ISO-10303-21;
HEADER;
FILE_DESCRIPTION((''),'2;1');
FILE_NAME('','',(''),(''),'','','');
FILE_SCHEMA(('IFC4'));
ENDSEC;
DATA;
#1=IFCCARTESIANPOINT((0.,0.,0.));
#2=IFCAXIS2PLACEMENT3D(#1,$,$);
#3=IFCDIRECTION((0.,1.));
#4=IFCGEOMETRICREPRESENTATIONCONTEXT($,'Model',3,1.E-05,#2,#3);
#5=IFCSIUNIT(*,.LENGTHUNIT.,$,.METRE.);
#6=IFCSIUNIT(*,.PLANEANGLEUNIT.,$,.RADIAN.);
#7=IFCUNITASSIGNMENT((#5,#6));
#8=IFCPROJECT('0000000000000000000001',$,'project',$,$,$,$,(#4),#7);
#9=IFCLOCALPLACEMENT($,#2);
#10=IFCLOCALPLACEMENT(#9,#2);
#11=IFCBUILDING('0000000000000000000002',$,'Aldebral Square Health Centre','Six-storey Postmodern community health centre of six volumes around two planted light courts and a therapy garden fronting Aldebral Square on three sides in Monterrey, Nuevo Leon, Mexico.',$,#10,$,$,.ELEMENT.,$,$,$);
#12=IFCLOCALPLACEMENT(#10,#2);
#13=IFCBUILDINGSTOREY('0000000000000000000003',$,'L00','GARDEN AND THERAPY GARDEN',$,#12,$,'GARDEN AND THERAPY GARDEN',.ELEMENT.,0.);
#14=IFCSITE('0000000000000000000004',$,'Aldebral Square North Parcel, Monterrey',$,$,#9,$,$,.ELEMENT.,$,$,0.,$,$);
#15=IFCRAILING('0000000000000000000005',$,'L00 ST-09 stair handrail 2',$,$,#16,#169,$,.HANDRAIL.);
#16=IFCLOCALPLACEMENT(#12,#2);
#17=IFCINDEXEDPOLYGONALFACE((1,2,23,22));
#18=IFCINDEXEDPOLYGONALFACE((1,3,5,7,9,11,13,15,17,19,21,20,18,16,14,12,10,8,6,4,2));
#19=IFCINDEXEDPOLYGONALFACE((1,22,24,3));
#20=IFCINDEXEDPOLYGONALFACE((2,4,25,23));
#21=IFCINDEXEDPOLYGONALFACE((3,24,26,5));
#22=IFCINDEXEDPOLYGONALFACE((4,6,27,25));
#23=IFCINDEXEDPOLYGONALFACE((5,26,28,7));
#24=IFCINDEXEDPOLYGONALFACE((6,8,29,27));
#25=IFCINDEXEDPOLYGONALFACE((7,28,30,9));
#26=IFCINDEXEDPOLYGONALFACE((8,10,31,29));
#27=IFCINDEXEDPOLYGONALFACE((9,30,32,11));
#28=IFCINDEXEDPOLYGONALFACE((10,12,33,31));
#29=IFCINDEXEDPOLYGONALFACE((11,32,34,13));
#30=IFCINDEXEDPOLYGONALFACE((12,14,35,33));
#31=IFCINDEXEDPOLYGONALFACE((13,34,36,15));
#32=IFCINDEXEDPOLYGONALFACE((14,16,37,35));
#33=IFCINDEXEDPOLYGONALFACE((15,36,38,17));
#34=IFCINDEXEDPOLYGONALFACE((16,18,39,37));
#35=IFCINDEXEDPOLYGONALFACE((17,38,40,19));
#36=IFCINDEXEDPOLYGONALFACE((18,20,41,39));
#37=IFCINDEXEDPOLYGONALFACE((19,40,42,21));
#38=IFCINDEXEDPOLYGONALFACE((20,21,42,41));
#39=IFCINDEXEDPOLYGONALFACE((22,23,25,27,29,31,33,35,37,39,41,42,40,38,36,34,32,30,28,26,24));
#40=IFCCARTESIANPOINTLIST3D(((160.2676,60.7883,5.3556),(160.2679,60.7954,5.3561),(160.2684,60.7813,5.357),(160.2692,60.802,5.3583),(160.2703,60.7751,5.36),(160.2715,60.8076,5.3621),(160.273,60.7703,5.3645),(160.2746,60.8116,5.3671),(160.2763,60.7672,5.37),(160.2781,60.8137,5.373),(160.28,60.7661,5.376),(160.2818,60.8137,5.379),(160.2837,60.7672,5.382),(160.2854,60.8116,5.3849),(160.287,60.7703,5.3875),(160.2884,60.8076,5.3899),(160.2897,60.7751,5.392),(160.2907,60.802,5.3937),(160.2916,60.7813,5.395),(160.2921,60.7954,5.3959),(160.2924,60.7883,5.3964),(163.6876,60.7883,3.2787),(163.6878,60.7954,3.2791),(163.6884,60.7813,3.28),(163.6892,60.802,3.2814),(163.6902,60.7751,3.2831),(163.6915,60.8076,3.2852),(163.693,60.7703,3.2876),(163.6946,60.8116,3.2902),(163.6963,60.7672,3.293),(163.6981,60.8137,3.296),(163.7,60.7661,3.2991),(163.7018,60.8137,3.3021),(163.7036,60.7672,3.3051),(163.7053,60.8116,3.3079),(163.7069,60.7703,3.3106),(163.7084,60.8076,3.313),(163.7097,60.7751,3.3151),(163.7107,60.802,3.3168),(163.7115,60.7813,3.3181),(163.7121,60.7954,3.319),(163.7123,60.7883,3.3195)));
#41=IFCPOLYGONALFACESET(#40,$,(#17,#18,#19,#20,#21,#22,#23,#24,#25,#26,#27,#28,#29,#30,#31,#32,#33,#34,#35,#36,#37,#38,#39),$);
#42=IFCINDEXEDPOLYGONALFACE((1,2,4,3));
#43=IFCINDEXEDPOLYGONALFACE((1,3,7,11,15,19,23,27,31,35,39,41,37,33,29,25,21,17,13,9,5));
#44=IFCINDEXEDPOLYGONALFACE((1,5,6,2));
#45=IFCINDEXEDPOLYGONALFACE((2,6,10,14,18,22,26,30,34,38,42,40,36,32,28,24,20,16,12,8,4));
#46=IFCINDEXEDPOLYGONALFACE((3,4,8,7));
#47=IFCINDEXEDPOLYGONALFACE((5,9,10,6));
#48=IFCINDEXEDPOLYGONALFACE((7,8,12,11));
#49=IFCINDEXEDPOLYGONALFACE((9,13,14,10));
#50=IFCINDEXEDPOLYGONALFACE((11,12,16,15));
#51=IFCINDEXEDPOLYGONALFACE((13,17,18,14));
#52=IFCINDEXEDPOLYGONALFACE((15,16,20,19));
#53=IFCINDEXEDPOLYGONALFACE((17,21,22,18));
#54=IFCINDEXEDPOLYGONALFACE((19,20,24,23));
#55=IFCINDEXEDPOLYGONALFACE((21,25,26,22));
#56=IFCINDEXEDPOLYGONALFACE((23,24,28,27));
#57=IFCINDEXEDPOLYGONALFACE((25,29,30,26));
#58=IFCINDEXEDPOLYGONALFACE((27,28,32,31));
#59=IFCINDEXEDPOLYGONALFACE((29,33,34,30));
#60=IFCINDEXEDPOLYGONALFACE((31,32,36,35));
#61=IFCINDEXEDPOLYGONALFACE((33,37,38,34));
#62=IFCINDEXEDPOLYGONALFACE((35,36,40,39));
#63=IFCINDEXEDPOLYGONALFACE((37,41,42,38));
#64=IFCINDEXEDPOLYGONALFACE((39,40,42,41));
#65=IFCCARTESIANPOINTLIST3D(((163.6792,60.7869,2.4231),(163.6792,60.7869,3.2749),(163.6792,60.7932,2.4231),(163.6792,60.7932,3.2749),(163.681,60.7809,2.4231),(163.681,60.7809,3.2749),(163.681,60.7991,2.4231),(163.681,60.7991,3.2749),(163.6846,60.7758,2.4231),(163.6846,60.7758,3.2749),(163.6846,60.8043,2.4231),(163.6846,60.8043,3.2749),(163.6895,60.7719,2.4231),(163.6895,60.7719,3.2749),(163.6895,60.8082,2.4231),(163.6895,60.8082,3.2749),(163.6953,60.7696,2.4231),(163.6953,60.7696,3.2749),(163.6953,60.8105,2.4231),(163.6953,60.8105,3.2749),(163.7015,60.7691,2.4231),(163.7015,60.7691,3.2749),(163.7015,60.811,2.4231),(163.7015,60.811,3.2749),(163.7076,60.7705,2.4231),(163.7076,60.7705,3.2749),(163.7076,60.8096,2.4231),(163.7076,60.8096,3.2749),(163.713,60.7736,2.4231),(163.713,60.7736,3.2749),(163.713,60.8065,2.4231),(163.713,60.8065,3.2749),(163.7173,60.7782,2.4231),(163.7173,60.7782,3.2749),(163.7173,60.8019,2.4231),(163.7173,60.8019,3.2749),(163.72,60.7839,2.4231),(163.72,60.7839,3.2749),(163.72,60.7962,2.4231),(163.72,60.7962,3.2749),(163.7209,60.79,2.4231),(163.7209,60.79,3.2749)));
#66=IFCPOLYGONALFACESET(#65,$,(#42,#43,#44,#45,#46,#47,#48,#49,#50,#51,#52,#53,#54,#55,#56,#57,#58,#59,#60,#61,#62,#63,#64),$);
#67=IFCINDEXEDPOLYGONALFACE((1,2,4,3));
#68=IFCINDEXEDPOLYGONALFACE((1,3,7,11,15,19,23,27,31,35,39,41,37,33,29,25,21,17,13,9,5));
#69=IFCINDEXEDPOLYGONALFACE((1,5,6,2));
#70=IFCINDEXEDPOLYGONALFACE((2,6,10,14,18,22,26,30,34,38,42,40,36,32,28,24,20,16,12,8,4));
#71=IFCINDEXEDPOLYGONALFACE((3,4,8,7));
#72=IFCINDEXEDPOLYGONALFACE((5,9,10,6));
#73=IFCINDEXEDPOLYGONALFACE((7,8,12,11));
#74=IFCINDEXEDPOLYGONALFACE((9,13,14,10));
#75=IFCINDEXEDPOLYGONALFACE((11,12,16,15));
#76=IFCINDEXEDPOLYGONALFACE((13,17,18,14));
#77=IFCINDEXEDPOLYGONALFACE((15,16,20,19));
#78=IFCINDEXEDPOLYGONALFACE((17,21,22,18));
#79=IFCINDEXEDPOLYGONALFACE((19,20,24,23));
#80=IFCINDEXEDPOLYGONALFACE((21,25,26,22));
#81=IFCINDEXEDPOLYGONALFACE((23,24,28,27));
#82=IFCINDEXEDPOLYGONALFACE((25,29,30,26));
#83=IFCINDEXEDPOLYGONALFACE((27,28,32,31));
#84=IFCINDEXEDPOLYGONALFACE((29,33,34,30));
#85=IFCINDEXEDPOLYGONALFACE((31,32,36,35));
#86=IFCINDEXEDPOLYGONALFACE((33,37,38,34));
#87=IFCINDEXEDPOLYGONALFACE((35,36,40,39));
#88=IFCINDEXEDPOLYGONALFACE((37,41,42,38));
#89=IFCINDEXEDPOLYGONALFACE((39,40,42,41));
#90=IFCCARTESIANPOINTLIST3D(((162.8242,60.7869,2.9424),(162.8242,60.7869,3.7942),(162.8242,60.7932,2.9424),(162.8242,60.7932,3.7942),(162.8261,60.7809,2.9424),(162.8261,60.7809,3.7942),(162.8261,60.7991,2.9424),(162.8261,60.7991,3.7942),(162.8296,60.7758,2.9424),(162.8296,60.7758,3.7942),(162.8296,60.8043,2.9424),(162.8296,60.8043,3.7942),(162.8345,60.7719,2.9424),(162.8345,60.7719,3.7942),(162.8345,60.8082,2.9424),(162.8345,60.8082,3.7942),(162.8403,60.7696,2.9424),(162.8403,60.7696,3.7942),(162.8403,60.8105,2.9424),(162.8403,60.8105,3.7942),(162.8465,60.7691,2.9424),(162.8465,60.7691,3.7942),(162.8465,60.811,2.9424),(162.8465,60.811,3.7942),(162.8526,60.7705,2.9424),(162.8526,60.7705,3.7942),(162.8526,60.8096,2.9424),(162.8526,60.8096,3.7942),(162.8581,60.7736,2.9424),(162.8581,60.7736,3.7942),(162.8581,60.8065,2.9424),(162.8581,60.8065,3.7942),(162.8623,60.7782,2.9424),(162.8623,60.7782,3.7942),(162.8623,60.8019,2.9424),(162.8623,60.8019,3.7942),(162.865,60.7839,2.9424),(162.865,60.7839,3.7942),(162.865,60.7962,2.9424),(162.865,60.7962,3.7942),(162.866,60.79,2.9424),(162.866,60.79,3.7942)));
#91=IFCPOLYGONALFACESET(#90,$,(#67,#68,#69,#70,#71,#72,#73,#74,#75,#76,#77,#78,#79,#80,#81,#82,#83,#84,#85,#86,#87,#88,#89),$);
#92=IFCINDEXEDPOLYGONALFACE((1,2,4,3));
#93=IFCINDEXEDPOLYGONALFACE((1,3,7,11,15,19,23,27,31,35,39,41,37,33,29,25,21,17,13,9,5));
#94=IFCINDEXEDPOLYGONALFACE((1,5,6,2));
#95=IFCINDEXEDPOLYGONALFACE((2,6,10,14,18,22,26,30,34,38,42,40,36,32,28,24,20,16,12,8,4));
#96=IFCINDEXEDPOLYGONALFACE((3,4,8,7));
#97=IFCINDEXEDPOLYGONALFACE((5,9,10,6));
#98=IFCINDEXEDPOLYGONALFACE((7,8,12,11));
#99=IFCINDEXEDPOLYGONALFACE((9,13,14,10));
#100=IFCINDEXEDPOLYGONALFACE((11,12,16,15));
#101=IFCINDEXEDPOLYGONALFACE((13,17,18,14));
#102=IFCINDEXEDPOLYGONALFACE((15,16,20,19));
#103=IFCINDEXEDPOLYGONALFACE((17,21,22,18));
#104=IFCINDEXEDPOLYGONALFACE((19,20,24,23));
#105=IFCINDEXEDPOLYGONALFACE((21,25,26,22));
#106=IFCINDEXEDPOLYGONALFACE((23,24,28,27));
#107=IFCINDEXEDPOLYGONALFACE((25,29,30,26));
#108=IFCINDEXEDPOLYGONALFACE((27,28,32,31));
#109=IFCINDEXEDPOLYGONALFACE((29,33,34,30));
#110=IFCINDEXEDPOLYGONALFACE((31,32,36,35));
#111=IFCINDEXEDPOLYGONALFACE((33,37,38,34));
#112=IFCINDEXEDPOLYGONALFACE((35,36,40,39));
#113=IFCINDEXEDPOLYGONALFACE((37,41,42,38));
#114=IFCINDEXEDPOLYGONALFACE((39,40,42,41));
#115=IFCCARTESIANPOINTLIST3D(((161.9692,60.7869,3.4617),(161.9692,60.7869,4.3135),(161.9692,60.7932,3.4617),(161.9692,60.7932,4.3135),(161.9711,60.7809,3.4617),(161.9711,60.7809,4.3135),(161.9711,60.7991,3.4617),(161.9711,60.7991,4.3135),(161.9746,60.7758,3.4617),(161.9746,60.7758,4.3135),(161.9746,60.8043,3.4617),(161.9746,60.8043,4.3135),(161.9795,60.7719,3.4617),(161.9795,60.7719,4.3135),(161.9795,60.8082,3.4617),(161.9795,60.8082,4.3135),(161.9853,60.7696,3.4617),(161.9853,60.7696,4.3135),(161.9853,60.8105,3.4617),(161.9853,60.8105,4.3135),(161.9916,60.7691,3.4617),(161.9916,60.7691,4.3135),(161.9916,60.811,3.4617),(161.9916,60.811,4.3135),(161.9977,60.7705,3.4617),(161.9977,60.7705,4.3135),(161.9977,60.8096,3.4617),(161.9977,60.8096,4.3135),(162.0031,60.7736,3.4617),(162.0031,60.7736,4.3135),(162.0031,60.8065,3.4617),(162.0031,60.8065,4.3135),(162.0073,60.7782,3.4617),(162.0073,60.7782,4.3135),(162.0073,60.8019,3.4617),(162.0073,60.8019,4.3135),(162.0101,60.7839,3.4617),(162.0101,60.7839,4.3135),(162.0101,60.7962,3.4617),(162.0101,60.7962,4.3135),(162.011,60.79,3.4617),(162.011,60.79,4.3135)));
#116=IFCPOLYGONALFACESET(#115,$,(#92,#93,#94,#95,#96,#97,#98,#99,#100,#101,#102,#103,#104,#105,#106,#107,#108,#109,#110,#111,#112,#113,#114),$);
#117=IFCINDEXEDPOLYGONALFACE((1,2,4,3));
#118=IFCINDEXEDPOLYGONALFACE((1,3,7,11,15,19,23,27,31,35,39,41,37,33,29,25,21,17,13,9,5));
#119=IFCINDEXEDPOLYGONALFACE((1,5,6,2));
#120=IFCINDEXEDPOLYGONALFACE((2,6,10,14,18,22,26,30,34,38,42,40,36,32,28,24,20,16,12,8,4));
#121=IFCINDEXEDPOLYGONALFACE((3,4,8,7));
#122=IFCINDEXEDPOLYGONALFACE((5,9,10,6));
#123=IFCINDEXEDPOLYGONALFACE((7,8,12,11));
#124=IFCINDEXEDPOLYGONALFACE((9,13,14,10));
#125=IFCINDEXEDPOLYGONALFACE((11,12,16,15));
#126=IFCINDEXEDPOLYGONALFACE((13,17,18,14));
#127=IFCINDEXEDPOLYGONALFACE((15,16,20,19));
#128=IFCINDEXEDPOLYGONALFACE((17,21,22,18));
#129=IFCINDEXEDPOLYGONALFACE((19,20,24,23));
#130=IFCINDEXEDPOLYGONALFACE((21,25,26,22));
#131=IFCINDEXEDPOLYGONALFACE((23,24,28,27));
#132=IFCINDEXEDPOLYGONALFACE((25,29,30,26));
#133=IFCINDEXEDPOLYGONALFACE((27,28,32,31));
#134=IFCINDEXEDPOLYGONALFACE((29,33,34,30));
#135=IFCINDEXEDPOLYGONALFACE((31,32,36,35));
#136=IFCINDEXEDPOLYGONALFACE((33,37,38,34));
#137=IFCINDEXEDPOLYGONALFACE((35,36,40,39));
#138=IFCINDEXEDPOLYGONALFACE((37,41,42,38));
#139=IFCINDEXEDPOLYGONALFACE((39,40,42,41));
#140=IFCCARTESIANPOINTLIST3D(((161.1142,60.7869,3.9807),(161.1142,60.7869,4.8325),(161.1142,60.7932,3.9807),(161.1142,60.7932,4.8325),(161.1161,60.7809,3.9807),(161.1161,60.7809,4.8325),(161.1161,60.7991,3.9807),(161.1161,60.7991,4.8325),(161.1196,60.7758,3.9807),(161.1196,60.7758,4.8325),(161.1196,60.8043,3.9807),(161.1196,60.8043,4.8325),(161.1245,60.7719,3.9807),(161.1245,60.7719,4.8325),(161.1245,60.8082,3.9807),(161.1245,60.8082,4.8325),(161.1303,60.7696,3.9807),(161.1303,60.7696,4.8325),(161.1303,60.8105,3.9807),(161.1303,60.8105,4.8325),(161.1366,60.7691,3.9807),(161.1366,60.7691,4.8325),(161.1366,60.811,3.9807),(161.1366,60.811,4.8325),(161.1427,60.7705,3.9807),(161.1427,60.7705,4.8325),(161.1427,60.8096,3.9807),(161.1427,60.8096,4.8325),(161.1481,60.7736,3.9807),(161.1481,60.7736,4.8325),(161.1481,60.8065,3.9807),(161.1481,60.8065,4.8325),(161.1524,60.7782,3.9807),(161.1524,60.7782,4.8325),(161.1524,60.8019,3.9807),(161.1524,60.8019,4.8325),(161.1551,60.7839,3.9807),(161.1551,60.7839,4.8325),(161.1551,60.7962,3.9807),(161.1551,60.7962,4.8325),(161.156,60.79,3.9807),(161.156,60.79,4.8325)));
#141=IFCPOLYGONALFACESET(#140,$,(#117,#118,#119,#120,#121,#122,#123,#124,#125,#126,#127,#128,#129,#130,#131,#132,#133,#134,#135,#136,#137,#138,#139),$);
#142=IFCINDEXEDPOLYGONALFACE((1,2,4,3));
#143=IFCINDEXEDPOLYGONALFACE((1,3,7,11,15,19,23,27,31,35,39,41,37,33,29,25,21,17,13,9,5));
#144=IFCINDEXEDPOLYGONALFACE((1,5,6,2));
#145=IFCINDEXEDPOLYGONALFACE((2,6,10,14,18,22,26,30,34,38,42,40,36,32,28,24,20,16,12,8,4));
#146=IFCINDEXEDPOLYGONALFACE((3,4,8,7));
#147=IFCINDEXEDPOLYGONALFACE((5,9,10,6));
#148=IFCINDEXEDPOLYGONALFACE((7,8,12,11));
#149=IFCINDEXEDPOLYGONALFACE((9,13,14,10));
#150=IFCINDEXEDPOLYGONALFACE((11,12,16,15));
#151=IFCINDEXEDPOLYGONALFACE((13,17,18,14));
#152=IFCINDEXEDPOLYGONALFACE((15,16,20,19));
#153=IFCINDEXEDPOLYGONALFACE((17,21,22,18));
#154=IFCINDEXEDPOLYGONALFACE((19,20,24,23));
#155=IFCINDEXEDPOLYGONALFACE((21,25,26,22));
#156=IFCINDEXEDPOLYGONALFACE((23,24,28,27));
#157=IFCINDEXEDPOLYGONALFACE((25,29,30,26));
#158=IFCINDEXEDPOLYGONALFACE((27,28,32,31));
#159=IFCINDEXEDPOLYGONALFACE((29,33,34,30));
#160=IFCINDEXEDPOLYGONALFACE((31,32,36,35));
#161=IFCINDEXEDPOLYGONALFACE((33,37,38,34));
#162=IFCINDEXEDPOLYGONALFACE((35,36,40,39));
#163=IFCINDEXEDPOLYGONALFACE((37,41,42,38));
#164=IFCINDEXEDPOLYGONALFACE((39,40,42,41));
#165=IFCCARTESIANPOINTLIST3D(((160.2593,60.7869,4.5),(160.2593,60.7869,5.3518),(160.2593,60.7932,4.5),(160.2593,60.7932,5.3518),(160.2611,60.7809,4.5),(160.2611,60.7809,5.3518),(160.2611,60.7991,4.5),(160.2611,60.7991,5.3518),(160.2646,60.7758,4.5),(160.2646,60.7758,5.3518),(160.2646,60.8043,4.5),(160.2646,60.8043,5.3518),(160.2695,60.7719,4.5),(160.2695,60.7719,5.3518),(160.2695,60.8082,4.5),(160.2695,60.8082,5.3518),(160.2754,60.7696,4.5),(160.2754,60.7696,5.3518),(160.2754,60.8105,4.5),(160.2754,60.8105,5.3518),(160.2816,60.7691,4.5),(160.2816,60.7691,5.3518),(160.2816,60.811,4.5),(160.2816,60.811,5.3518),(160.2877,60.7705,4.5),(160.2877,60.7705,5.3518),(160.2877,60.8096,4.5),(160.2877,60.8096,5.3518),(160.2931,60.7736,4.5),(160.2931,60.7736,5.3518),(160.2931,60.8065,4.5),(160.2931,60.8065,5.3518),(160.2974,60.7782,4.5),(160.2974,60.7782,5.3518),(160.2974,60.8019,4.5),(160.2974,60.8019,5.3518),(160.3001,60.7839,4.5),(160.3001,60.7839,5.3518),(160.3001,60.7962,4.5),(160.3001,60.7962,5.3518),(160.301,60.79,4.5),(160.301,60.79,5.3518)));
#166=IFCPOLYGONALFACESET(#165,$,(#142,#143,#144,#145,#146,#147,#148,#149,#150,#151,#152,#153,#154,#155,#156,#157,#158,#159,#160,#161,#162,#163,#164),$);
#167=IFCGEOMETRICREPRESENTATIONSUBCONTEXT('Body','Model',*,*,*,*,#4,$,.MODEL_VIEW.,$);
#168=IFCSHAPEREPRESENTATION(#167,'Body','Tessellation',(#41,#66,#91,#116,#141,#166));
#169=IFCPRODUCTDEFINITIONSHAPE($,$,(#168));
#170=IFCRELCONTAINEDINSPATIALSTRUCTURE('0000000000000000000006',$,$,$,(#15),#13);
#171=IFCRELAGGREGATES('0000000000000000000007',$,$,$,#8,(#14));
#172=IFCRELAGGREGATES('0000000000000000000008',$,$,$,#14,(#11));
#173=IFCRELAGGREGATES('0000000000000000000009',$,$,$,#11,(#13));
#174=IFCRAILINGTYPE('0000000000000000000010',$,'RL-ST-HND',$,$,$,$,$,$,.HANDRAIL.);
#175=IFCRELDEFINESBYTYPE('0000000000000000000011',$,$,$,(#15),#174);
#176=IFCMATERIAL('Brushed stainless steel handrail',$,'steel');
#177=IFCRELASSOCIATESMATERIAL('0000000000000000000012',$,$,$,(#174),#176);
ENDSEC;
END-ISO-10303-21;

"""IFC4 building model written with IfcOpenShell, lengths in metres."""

from ifc_helpers import new_model, si_unit, direction, frame, origin, origin_2d, place, context, subcontext, project, spatial, circle, extrude, material, type_object, element, save


model = new_model("IFC4")

# Units and contexts
model_context = context("Model", 3, precision=1e-05, world=origin(), true_north=direction((0.0, 1.0)))
body_context = subcontext(model_context, "Body", "Model", "MODEL_VIEW")
ifc_project = project(units=[si_unit("LENGTHUNIT", "METRE"), si_unit("PLANEANGLEUNIT", "RADIAN")], contexts=[model_context])

# Site, building, storey
site_placement = place(None, origin())
site = spatial("IfcSite", under=ifc_project, at=site_placement, Name="Aldebral Square North Parcel, Monterrey", CompositionType="ELEMENT", RefElevation=0.0)
building_placement = place(site_placement, origin())
building = spatial("IfcBuilding", under=site, at=building_placement, Name="Aldebral Square Health Centre", Description="Six-storey Postmodern community health centre of six volumes around two planted light courts and a therapy garden fronting Aldebral Square on three sides in Monterrey, Nuevo Leon, Mexico.", CompositionType="ELEMENT")
storey_placement = place(building_placement, origin())
storey = spatial("IfcBuildingStorey", under=building, at=storey_placement, Name="L00", Description="GARDEN AND THERAPY GARDEN", LongName="GARDEN AND THERAPY GARDEN", CompositionType="ELEMENT", Elevation=0.0)

# Railing
ifc_material_1 = material(Name="Brushed stainless steel handrail", Category="steel")
railing_type_1 = type_object("IfcRailingType", Name="RL-ST-HND", PredefinedType="HANDRAIL", material=ifc_material_1)
railing_1_placement = place(storey_placement, frame((163.7, 60.79, 2.4231)))
element("IfcRailing", 1, at=railing_1_placement, inside=storey, type_object=railing_type_1, Name="L00 ST-09 stair handrail 2", PredefinedType="HANDRAIL", context=body_context, shape_type="SweptSolid", body=[
    extrude(circle(Radius=0.0239, at=origin_2d()), frame((0.0, 0.0, 0.876), z_axis=(-0.85473, 0.0, 0.519074), x_axis=(0.0, -1.0, 0.0)), (0.0, 0.0, 1.0), 4.0012),
    extrude(circle(Radius=0.021, at=origin_2d()), origin(), (0.0, 0.0, 1.0), 0.8518),
    extrude(circle(Radius=0.021, at=origin_2d()), frame((-0.855, 0.0, 0.5193)), (0.0, 0.0, 1.0), 0.8518),
    extrude(circle(Radius=0.021, at=origin_2d()), frame((-1.71, 0.0, 1.0386)), (0.0, 0.0, 1.0), 0.8518),
    extrude(circle(Radius=0.021, at=origin_2d()), frame((-2.5649, 0.0, 1.5576)), (0.0, 0.0, 1.0), 0.8518),
    extrude(circle(Radius=0.021, at=origin_2d()), frame((-3.4199, 0.0, 2.0769)), (0.0, 0.0, 1.0), 0.8518),
])

save(model, "model.ifc")
